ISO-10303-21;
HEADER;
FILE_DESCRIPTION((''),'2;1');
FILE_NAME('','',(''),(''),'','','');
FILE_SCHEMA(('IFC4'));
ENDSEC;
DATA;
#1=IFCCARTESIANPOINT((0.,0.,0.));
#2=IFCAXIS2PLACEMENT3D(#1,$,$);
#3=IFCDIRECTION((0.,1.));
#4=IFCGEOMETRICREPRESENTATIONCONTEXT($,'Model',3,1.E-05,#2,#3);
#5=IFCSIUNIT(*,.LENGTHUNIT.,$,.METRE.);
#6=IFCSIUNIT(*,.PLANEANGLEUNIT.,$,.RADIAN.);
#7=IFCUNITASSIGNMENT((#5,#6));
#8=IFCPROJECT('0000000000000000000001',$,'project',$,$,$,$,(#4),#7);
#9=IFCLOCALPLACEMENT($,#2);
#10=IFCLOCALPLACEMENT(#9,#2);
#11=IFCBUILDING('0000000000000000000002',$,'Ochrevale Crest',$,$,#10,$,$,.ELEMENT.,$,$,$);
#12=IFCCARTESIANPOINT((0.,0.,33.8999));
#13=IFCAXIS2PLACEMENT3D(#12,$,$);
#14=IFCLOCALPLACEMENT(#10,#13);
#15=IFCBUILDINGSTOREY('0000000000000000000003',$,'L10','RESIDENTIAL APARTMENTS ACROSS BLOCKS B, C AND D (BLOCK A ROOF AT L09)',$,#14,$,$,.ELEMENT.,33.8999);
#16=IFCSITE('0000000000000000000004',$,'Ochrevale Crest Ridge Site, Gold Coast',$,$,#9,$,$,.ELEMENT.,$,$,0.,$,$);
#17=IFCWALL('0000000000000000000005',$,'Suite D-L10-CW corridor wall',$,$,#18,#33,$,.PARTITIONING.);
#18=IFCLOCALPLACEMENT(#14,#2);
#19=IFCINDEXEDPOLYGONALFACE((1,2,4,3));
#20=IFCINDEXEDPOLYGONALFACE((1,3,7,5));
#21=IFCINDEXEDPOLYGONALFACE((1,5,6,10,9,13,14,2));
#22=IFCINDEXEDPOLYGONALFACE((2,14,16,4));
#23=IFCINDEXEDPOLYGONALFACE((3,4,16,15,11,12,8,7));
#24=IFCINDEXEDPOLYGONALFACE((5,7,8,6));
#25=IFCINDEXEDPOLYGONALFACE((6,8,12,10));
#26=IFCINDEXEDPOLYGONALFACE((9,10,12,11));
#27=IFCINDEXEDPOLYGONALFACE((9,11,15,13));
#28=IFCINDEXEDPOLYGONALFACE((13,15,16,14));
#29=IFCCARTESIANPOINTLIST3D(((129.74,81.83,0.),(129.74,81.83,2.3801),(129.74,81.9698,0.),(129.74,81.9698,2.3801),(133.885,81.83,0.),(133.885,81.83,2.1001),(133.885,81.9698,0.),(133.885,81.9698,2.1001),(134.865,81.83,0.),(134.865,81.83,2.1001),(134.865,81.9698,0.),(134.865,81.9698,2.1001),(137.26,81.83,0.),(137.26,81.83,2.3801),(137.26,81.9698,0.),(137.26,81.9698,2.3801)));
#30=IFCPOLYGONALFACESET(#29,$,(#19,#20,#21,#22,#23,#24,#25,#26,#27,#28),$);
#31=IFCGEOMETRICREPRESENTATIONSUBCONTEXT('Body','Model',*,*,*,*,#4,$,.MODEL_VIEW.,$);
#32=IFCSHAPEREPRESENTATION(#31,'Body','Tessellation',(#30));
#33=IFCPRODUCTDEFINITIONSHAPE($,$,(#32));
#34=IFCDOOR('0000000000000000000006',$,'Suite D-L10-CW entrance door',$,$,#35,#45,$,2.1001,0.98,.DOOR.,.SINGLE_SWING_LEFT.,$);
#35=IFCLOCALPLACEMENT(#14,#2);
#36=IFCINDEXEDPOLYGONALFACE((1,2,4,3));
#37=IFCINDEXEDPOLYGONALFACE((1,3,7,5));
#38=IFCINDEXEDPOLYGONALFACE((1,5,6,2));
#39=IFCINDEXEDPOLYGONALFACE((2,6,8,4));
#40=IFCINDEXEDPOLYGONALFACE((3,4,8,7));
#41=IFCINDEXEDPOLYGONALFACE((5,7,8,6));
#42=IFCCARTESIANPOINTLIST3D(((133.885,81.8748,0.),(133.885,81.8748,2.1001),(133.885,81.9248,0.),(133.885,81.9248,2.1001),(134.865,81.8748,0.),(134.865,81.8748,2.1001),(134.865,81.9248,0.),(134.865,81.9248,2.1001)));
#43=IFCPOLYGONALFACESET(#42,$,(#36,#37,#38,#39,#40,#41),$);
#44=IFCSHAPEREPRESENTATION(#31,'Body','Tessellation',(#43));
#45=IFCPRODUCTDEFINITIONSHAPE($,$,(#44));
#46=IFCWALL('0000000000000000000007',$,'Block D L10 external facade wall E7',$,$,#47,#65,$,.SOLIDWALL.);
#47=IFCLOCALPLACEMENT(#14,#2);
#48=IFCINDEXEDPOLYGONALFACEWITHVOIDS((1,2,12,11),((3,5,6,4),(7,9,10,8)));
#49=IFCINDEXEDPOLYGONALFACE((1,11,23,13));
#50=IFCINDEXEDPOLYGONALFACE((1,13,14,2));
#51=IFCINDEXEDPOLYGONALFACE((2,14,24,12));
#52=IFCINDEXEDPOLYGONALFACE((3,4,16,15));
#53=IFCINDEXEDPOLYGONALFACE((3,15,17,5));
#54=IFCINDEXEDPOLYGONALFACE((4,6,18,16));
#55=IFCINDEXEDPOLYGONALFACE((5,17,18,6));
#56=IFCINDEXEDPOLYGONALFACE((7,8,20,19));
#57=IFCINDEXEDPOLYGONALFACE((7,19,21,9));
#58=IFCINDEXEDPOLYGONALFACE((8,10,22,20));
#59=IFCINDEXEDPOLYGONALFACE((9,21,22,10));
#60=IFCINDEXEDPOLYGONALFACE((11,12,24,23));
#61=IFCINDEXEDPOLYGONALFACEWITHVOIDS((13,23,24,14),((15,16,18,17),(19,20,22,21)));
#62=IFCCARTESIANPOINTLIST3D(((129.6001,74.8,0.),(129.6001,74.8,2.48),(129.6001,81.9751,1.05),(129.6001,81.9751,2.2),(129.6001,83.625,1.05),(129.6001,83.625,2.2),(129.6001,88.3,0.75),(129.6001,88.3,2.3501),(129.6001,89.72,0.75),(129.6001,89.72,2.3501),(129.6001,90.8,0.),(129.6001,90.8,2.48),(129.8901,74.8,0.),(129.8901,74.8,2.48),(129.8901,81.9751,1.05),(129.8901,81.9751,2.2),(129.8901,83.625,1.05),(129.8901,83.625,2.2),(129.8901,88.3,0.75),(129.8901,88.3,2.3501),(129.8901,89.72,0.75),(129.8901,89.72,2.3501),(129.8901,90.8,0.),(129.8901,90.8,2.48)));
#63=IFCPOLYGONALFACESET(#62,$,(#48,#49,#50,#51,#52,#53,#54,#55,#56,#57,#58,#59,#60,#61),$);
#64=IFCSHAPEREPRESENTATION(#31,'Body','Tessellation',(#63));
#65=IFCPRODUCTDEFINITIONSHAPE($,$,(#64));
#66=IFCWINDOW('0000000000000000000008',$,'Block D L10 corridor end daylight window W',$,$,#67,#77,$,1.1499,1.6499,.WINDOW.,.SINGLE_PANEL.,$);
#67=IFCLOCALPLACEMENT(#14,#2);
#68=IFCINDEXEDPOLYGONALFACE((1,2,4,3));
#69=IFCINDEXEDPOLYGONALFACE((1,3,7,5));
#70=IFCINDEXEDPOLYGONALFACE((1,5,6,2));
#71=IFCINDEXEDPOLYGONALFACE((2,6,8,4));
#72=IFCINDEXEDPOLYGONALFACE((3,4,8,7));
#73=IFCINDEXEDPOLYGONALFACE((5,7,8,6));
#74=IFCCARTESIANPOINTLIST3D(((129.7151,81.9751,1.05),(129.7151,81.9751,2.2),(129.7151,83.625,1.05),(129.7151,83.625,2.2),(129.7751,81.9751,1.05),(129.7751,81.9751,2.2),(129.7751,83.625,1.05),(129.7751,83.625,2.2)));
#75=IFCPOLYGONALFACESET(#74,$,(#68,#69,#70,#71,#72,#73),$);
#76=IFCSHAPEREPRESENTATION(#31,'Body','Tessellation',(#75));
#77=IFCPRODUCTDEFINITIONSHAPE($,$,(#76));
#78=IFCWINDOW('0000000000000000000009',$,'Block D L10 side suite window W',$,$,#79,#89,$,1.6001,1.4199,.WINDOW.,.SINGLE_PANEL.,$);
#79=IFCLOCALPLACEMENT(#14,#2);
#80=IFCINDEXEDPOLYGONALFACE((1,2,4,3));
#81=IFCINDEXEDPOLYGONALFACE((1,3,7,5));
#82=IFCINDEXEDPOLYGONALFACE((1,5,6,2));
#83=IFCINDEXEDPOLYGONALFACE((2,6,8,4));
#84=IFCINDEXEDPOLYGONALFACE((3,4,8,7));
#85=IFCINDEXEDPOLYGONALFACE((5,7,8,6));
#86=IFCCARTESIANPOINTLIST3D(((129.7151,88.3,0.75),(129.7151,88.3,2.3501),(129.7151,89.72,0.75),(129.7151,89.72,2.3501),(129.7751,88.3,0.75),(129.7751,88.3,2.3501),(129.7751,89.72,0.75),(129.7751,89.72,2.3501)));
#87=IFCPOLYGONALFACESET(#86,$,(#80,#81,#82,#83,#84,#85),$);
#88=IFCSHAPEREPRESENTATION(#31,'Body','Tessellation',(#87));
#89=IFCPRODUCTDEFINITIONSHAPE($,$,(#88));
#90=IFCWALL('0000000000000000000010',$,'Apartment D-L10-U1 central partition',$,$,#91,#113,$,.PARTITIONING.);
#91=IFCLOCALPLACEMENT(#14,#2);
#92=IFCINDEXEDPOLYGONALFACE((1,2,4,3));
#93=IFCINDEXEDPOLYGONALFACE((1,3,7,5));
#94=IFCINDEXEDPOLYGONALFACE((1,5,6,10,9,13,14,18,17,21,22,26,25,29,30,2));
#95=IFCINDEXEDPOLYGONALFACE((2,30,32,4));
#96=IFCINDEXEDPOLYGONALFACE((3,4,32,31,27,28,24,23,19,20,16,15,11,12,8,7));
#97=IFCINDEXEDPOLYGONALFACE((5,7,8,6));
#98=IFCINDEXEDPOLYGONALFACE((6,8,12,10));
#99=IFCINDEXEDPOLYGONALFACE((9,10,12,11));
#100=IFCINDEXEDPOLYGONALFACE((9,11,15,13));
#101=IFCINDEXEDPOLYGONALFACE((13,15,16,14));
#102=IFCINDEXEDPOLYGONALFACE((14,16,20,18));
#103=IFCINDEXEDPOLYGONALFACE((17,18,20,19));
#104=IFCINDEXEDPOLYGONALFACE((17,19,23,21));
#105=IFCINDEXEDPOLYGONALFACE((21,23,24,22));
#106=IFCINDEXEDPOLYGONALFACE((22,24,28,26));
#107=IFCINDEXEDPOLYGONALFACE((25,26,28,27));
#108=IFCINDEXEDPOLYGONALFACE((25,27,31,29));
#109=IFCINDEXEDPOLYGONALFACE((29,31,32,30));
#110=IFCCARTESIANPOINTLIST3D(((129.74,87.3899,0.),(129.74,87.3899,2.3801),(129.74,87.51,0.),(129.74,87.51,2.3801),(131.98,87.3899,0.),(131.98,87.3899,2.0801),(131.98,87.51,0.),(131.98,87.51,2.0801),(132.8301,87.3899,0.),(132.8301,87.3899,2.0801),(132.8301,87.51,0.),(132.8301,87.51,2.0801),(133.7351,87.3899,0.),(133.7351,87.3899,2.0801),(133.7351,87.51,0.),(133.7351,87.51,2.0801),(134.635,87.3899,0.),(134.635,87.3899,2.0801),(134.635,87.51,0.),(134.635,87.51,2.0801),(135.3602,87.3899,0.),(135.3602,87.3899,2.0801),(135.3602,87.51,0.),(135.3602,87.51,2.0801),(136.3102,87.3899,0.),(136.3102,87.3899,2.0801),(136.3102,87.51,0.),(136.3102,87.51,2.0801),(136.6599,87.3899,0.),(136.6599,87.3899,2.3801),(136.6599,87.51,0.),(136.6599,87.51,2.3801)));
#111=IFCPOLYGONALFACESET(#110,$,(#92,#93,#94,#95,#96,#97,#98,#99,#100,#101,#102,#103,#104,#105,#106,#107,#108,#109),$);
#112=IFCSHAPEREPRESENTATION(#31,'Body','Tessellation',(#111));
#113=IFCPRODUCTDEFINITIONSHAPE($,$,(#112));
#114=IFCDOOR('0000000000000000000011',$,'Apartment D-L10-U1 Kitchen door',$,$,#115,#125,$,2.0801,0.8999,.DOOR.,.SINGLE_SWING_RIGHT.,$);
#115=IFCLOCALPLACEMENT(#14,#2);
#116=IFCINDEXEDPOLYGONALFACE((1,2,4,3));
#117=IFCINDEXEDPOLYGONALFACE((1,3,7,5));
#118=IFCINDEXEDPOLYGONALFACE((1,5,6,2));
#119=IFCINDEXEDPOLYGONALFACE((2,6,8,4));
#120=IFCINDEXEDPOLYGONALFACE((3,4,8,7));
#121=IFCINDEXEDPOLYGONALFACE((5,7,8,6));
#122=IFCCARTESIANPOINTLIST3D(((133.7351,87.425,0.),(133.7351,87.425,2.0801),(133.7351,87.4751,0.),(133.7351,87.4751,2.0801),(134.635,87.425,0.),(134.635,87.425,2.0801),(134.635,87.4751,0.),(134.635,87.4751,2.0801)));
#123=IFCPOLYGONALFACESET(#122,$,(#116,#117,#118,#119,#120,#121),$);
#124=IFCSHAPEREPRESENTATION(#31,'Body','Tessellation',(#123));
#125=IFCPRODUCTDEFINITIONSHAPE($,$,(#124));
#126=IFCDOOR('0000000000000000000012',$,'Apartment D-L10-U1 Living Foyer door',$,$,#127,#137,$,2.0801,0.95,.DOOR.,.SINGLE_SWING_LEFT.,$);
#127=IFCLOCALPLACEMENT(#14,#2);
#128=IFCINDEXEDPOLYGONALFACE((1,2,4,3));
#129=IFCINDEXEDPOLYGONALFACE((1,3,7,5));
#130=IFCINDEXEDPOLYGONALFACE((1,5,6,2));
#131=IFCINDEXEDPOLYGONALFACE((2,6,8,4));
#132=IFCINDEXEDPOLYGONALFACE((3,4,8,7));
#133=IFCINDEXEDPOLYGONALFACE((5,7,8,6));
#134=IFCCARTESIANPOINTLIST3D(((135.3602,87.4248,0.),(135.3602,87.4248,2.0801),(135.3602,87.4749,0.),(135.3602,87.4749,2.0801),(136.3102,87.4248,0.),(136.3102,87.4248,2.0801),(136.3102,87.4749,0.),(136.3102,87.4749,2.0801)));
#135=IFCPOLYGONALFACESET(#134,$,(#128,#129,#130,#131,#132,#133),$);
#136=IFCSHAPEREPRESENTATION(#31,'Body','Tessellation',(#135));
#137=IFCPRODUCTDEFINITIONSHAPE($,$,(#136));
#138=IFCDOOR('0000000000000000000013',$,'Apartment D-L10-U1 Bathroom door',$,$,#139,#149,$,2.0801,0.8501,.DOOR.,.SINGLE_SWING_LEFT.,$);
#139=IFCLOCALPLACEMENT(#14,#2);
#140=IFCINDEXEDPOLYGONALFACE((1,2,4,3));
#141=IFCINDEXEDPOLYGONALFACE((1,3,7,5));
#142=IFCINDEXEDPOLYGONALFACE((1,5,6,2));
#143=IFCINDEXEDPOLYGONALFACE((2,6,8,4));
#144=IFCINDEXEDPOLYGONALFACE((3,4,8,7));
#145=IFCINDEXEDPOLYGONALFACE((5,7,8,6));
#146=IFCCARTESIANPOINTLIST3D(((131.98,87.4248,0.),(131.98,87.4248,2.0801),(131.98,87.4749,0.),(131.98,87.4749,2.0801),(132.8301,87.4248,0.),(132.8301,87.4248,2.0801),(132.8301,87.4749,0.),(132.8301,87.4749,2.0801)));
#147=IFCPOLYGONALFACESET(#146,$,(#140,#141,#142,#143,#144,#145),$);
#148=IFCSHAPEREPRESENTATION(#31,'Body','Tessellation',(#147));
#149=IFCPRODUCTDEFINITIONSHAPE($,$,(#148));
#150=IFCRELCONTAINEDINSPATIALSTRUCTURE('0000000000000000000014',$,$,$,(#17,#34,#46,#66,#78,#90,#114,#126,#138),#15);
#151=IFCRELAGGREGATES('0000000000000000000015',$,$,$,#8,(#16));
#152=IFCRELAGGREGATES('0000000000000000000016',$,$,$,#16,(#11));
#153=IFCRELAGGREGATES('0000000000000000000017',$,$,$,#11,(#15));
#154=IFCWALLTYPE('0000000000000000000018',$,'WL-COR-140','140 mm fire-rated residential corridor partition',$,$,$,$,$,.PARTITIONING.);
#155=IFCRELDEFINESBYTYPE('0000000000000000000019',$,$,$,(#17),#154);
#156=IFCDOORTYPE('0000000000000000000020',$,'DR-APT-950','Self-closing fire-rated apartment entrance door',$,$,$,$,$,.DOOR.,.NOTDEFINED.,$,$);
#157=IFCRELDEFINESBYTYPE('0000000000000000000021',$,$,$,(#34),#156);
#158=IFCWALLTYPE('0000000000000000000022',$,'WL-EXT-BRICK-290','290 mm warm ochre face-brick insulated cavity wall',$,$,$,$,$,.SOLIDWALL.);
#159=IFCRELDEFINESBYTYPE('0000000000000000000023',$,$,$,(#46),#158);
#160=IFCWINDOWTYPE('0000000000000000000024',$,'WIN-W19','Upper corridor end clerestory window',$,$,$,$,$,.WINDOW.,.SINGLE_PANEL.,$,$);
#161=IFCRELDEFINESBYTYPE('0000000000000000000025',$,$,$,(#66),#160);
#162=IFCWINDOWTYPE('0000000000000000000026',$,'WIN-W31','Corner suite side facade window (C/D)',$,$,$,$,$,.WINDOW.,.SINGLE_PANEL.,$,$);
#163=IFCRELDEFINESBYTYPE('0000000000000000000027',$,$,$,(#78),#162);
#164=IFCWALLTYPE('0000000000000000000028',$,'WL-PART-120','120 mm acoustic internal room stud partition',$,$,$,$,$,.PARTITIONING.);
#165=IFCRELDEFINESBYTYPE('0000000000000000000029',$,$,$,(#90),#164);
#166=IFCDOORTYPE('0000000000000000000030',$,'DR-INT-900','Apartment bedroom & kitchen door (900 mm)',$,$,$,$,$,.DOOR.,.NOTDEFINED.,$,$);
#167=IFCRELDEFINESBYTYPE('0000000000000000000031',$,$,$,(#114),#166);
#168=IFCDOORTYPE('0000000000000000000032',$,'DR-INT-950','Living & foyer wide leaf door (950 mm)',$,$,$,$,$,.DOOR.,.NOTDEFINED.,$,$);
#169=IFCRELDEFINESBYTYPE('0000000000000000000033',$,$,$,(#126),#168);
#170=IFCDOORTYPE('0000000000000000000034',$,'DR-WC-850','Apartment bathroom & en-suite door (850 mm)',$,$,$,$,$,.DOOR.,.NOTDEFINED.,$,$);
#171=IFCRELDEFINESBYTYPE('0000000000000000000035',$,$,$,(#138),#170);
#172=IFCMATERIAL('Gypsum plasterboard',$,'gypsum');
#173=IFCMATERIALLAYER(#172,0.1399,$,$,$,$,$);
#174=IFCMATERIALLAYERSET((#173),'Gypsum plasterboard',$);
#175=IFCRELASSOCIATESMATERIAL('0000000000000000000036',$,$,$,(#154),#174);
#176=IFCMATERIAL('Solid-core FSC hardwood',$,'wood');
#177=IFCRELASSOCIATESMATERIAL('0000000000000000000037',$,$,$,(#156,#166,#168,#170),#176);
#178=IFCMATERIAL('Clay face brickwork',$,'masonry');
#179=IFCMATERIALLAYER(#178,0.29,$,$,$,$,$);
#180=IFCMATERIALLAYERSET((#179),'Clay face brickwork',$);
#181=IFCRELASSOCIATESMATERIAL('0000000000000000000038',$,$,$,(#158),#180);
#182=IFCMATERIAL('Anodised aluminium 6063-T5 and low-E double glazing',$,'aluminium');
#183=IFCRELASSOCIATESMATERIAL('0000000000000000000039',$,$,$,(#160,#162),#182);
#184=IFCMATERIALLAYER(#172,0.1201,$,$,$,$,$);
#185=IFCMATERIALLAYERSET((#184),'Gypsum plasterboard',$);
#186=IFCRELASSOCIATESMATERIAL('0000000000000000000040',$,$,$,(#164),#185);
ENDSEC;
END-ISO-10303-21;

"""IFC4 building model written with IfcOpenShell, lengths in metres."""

from ifc_helpers import new_model, si_unit, direction, frame, frame_2d, origin, place, context, subcontext, project, spatial, rectangle, extrude, material, layer, layer_set, type_object, element, fill, save


model = new_model("IFC4")

# Units and contexts
model_context = context("Model", 3, precision=1e-05, world=origin(), true_north=direction((0.0, 1.0)))
body_context = subcontext(model_context, "Body", "Model", "MODEL_VIEW")
ifc_project = project(units=[si_unit("LENGTHUNIT", "METRE"), si_unit("PLANEANGLEUNIT", "RADIAN")], contexts=[model_context])

# Site, building, storey
site_placement = place(None, origin())
site = spatial("IfcSite", under=ifc_project, at=site_placement, Name="Ochrevale Crest Ridge Site, Gold Coast", CompositionType="ELEMENT", RefElevation=0.0)
building_placement = place(site_placement, origin())
building = spatial("IfcBuilding", under=site, at=building_placement, Name="Ochrevale Crest", CompositionType="ELEMENT")
storey_placement = place(building_placement, frame((0.0, 0.0, 33.8999)))
storey = spatial("IfcBuildingStorey", under=building, at=storey_placement, Name="L10", Description="RESIDENTIAL APARTMENTS ACROSS BLOCKS B, C AND D (BLOCK A ROOF AT L09)", CompositionType="ELEMENT", Elevation=33.8999)

# Wall, opening, door
ifc_material_1 = material(Name="Gypsum plasterboard", Category="gypsum")
ifc_layer_1 = layer(ifc_material_1, 0.1399)
ifc_layer_set_1 = layer_set([ifc_layer_1], Name="Gypsum plasterboard")
wall_type_1 = type_object("IfcWallType", Name="WL-COR-140", Description="140 mm fire-rated residential corridor partition", PredefinedType="PARTITIONING", material=ifc_layer_set_1)
ifc_material_2 = material(Name="Solid-core FSC hardwood", Category="wood")
door_type_1 = type_object("IfcDoorType", Name="DR-APT-950", Description="Self-closing fire-rated apartment entrance door", OperationType="NOTDEFINED", PredefinedType="DOOR", material=ifc_material_2)
wall_1_placement = place(storey_placement, frame((129.74, 81.8999, 0.0), z_axis=(0.0, 0.0, 1.0), x_axis=(1.0, 0.0, 0.0)))
wall_1 = element("IfcWall", 1, at=wall_1_placement, inside=storey, type_object=wall_type_1, Name="Suite D-L10-CW corridor wall", PredefinedType="PARTITIONING", context=body_context, shape_type="SweptSolid", body=[
    extrude(rectangle(XDim=7.52, YDim=0.1399, at=frame_2d((3.76, 0.0))), origin(), (0.0, 0.0, 1.0), 2.3801),
])
opening_1_placement = place(wall_1_placement, frame((4.145, 0.0, 0.0)))
opening_1 = element("IfcOpeningElement", 2, at=opening_1_placement, cuts=wall_1, PredefinedType="OPENING", context=body_context, shape_type="SweptSolid", body=[
    extrude(rectangle(XDim=0.98, YDim=2.1001, at=frame_2d((0.49, 1.05))), frame((0.0, 0.0801, 0.0), z_axis=(0.0, -1.0, 0.0), x_axis=(1.0, 0.0, 0.0)), (0.0, 0.0, 1.0), 0.1599),
])
door_1_placement = place(opening_1_placement, origin())
door_1 = element("IfcDoor", 3, at=door_1_placement, inside=storey, type_object=door_type_1, Name="Suite D-L10-CW entrance door", OperationType="SINGLE_SWING_LEFT", OverallHeight=2.1001, OverallWidth=0.98, PredefinedType="DOOR", context=body_context, shape_type="SweptSolid", body=[
    extrude(rectangle(XDim=0.98, YDim=2.1001, at=frame_2d((0.49, 1.05))), frame((0.0, 0.0249, 0.0), z_axis=(0.0, -1.0, 0.0), x_axis=(1.0, 0.0, 0.0)), (0.0, 0.0, 1.0), 0.05),
])
fill(opening_1, door_1)

# Wall, openings, windows
ifc_material_3 = material(Name="Clay face brickwork", Category="masonry")
ifc_layer_2 = layer(ifc_material_3, 0.29)
ifc_layer_set_2 = layer_set([ifc_layer_2], Name="Clay face brickwork")
wall_type_2 = type_object("IfcWallType", Name="WL-EXT-BRICK-290", Description="290 mm warm ochre face-brick insulated cavity wall", PredefinedType="SOLIDWALL", material=ifc_layer_set_2)
wall_2_placement = place(storey_placement, frame((129.7451, 90.8, 0.0), z_axis=(0.0, 0.0, 1.0), x_axis=(0.0, -1.0, 0.0)))
wall_2 = element("IfcWall", 4, at=wall_2_placement, inside=storey, type_object=wall_type_2, Name="Block D L10 external facade wall E7", PredefinedType="SOLIDWALL", context=body_context, shape_type="SweptSolid", body=[
    extrude(rectangle(XDim=16.0, YDim=0.29, at=frame_2d((8.0, 0.0))), origin(), (0.0, 0.0, 1.0), 2.48),
])
opening_2_placement = place(wall_2_placement, frame((7.175, 0.0, 1.05)))
opening_2 = element("IfcOpeningElement", 5, at=opening_2_placement, cuts=wall_2, PredefinedType="OPENING", context=body_context, shape_type="SweptSolid", body=[
    extrude(rectangle(XDim=1.6499, YDim=1.1499, at=frame_2d((0.825, 0.575))), frame((0.0, 0.155, 0.0), z_axis=(0.0, -1.0, 0.0), x_axis=(1.0, 0.0, 0.0)), (0.0, 0.0, 1.0), 0.3101),
])
opening_3_placement = place(wall_2_placement, frame((1.0801, 0.0, 0.75)))
opening_3 = element("IfcOpeningElement", 6, at=opening_3_placement, cuts=wall_2, PredefinedType="OPENING", context=body_context, shape_type="SweptSolid", body=[
    extrude(rectangle(XDim=1.4199, YDim=1.6001, at=frame_2d((0.71, 0.8))), frame((0.0, 0.155, 0.0), z_axis=(0.0, -1.0, 0.0), x_axis=(1.0, 0.0, 0.0)), (0.0, 0.0, 1.0), 0.3101),
])
ifc_material_4 = material(Name="Anodised aluminium 6063-T5 and low-E double glazing", Category="aluminium")
window_type_1 = type_object("IfcWindowType", Name="WIN-W19", Description="Upper corridor end clerestory window", PartitioningType="SINGLE_PANEL", PredefinedType="WINDOW", material=ifc_material_4)
window_1_placement = place(opening_2_placement, origin())
window_1 = element("IfcWindow", 7, at=window_1_placement, inside=storey, type_object=window_type_1, Name="Block D L10 corridor end daylight window W", OverallHeight=1.1499, OverallWidth=1.6499, PartitioningType="SINGLE_PANEL", PredefinedType="WINDOW", context=body_context, shape_type="SweptSolid", body=[
    extrude(rectangle(XDim=1.6499, YDim=1.1499, at=frame_2d((0.825, 0.575))), frame((0.0, 0.03, 0.0), z_axis=(0.0, -1.0, 0.0), x_axis=(1.0, 0.0, 0.0)), (0.0, 0.0, 1.0), 0.0601),
])
fill(opening_2, window_1)
window_type_2 = type_object("IfcWindowType", Name="WIN-W31", Description="Corner suite side facade window (C/D)", PartitioningType="SINGLE_PANEL", PredefinedType="WINDOW", material=ifc_material_4)
window_2_placement = place(opening_3_placement, origin())
window_2 = element("IfcWindow", 8, at=window_2_placement, inside=storey, type_object=window_type_2, Name="Block D L10 side suite window W", OverallHeight=1.6001, OverallWidth=1.4199, PartitioningType="SINGLE_PANEL", PredefinedType="WINDOW", context=body_context, shape_type="SweptSolid", body=[
    extrude(rectangle(XDim=1.4199, YDim=1.6001, at=frame_2d((0.71, 0.8))), frame((0.0, 0.03, 0.0), z_axis=(0.0, -1.0, 0.0), x_axis=(1.0, 0.0, 0.0)), (0.0, 0.0, 1.0), 0.0601),
])
fill(opening_3, window_2)

# Wall, openings, doors
ifc_layer_3 = layer(ifc_material_1, 0.1201)
ifc_layer_set_3 = layer_set([ifc_layer_3], Name="Gypsum plasterboard")
wall_type_3 = type_object("IfcWallType", Name="WL-PART-120", Description="120 mm acoustic internal room stud partition", PredefinedType="PARTITIONING", material=ifc_layer_set_3)
wall_3_placement = place(storey_placement, frame((129.74, 87.45, 0.0), z_axis=(0.0, 0.0, 1.0), x_axis=(1.0, 0.0, 0.0)))
wall_3 = element("IfcWall", 9, at=wall_3_placement, inside=storey, type_object=wall_type_3, Name="Apartment D-L10-U1 central partition", PredefinedType="PARTITIONING", context=body_context, shape_type="SweptSolid", body=[
    extrude(rectangle(XDim=6.9199, YDim=0.1201, at=frame_2d((3.46, 0.0))), origin(), (0.0, 0.0, 1.0), 2.3801),
])
opening_4_placement = place(wall_3_placement, frame((2.24, 0.0, 0.0)))
opening_4 = element("IfcOpeningElement", 10, at=opening_4_placement, cuts=wall_3, PredefinedType="OPENING", context=body_context, shape_type="SweptSolid", body=[
    extrude(rectangle(XDim=0.8501, YDim=2.0801, at=frame_2d((0.425, 1.04))), frame((0.0, 0.0701, 0.0), z_axis=(0.0, -1.0, 0.0), x_axis=(1.0, 0.0, 0.0)), (0.0, 0.0, 1.0), 0.1401),
])
opening_5_placement = place(wall_3_placement, frame((4.895, 0.0, 0.0), z_axis=(0.0, 0.0, 1.0), x_axis=(-1.0, 0.0, 0.0)))
opening_5 = element("IfcOpeningElement", 11, at=opening_5_placement, cuts=wall_3, PredefinedType="OPENING", context=body_context, shape_type="SweptSolid", body=[
    extrude(rectangle(XDim=0.8999, YDim=2.0801, at=frame_2d((0.45, 1.04))), frame((0.0, 0.0701, 0.0), z_axis=(0.0, -1.0, 0.0), x_axis=(1.0, 0.0, 0.0)), (0.0, 0.0, 1.0), 0.1401),
])
opening_6_placement = place(wall_3_placement, frame((5.6201, 0.0, 0.0)))
opening_6 = element("IfcOpeningElement", 12, at=opening_6_placement, cuts=wall_3, PredefinedType="OPENING", context=body_context, shape_type="SweptSolid", body=[
    extrude(rectangle(XDim=0.95, YDim=2.0801, at=frame_2d((0.4751, 1.04))), frame((0.0, 0.0701, 0.0), z_axis=(0.0, -1.0, 0.0), x_axis=(1.0, 0.0, 0.0)), (0.0, 0.0, 1.0), 0.1401),
])
door_type_2 = type_object("IfcDoorType", Name="DR-INT-900", Description="Apartment bedroom & kitchen door (900 mm)", OperationType="NOTDEFINED", PredefinedType="DOOR", material=ifc_material_2)
door_2_placement = place(opening_5_placement, origin())
door_2 = element("IfcDoor", 13, at=door_2_placement, inside=storey, type_object=door_type_2, Name="Apartment D-L10-U1 Kitchen door", OperationType="SINGLE_SWING_RIGHT", OverallHeight=2.0801, OverallWidth=0.8999, PredefinedType="DOOR", context=body_context, shape_type="SweptSolid", body=[
    extrude(rectangle(XDim=0.8999, YDim=2.0801, at=frame_2d((0.45, 1.04))), frame((0.0, 0.0249, 0.0), z_axis=(0.0, -1.0, 0.0), x_axis=(1.0, 0.0, 0.0)), (0.0, 0.0, 1.0), 0.05),
])
fill(opening_5, door_2)
door_type_3 = type_object("IfcDoorType", Name="DR-INT-950", Description="Living & foyer wide leaf door (950 mm)", OperationType="NOTDEFINED", PredefinedType="DOOR", material=ifc_material_2)
door_3_placement = place(opening_6_placement, origin())
door_3 = element("IfcDoor", 14, at=door_3_placement, inside=storey, type_object=door_type_3, Name="Apartment D-L10-U1 Living Foyer door", OperationType="SINGLE_SWING_LEFT", OverallHeight=2.0801, OverallWidth=0.95, PredefinedType="DOOR", context=body_context, shape_type="SweptSolid", body=[
    extrude(rectangle(XDim=0.95, YDim=2.0801, at=frame_2d((0.4751, 1.04))), frame((0.0, 0.0249, 0.0), z_axis=(0.0, -1.0, 0.0), x_axis=(1.0, 0.0, 0.0)), (0.0, 0.0, 1.0), 0.05),
])
fill(opening_6, door_3)
door_type_4 = type_object("IfcDoorType", Name="DR-WC-850", Description="Apartment bathroom & en-suite door (850 mm)", OperationType="NOTDEFINED", PredefinedType="DOOR", material=ifc_material_2)
door_4_placement = place(opening_4_placement, origin())
door_4 = element("IfcDoor", 15, at=door_4_placement, inside=storey, type_object=door_type_4, Name="Apartment D-L10-U1 Bathroom door", OperationType="SINGLE_SWING_LEFT", OverallHeight=2.0801, OverallWidth=0.8501, PredefinedType="DOOR", context=body_context, shape_type="SweptSolid", body=[
    extrude(rectangle(XDim=0.8501, YDim=2.0801, at=frame_2d((0.425, 1.04))), frame((0.0, 0.0249, 0.0), z_axis=(0.0, -1.0, 0.0), x_axis=(1.0, 0.0, 0.0)), (0.0, 0.0, 1.0), 0.05),
])
fill(opening_4, door_4)

save(model, "model.ifc")
